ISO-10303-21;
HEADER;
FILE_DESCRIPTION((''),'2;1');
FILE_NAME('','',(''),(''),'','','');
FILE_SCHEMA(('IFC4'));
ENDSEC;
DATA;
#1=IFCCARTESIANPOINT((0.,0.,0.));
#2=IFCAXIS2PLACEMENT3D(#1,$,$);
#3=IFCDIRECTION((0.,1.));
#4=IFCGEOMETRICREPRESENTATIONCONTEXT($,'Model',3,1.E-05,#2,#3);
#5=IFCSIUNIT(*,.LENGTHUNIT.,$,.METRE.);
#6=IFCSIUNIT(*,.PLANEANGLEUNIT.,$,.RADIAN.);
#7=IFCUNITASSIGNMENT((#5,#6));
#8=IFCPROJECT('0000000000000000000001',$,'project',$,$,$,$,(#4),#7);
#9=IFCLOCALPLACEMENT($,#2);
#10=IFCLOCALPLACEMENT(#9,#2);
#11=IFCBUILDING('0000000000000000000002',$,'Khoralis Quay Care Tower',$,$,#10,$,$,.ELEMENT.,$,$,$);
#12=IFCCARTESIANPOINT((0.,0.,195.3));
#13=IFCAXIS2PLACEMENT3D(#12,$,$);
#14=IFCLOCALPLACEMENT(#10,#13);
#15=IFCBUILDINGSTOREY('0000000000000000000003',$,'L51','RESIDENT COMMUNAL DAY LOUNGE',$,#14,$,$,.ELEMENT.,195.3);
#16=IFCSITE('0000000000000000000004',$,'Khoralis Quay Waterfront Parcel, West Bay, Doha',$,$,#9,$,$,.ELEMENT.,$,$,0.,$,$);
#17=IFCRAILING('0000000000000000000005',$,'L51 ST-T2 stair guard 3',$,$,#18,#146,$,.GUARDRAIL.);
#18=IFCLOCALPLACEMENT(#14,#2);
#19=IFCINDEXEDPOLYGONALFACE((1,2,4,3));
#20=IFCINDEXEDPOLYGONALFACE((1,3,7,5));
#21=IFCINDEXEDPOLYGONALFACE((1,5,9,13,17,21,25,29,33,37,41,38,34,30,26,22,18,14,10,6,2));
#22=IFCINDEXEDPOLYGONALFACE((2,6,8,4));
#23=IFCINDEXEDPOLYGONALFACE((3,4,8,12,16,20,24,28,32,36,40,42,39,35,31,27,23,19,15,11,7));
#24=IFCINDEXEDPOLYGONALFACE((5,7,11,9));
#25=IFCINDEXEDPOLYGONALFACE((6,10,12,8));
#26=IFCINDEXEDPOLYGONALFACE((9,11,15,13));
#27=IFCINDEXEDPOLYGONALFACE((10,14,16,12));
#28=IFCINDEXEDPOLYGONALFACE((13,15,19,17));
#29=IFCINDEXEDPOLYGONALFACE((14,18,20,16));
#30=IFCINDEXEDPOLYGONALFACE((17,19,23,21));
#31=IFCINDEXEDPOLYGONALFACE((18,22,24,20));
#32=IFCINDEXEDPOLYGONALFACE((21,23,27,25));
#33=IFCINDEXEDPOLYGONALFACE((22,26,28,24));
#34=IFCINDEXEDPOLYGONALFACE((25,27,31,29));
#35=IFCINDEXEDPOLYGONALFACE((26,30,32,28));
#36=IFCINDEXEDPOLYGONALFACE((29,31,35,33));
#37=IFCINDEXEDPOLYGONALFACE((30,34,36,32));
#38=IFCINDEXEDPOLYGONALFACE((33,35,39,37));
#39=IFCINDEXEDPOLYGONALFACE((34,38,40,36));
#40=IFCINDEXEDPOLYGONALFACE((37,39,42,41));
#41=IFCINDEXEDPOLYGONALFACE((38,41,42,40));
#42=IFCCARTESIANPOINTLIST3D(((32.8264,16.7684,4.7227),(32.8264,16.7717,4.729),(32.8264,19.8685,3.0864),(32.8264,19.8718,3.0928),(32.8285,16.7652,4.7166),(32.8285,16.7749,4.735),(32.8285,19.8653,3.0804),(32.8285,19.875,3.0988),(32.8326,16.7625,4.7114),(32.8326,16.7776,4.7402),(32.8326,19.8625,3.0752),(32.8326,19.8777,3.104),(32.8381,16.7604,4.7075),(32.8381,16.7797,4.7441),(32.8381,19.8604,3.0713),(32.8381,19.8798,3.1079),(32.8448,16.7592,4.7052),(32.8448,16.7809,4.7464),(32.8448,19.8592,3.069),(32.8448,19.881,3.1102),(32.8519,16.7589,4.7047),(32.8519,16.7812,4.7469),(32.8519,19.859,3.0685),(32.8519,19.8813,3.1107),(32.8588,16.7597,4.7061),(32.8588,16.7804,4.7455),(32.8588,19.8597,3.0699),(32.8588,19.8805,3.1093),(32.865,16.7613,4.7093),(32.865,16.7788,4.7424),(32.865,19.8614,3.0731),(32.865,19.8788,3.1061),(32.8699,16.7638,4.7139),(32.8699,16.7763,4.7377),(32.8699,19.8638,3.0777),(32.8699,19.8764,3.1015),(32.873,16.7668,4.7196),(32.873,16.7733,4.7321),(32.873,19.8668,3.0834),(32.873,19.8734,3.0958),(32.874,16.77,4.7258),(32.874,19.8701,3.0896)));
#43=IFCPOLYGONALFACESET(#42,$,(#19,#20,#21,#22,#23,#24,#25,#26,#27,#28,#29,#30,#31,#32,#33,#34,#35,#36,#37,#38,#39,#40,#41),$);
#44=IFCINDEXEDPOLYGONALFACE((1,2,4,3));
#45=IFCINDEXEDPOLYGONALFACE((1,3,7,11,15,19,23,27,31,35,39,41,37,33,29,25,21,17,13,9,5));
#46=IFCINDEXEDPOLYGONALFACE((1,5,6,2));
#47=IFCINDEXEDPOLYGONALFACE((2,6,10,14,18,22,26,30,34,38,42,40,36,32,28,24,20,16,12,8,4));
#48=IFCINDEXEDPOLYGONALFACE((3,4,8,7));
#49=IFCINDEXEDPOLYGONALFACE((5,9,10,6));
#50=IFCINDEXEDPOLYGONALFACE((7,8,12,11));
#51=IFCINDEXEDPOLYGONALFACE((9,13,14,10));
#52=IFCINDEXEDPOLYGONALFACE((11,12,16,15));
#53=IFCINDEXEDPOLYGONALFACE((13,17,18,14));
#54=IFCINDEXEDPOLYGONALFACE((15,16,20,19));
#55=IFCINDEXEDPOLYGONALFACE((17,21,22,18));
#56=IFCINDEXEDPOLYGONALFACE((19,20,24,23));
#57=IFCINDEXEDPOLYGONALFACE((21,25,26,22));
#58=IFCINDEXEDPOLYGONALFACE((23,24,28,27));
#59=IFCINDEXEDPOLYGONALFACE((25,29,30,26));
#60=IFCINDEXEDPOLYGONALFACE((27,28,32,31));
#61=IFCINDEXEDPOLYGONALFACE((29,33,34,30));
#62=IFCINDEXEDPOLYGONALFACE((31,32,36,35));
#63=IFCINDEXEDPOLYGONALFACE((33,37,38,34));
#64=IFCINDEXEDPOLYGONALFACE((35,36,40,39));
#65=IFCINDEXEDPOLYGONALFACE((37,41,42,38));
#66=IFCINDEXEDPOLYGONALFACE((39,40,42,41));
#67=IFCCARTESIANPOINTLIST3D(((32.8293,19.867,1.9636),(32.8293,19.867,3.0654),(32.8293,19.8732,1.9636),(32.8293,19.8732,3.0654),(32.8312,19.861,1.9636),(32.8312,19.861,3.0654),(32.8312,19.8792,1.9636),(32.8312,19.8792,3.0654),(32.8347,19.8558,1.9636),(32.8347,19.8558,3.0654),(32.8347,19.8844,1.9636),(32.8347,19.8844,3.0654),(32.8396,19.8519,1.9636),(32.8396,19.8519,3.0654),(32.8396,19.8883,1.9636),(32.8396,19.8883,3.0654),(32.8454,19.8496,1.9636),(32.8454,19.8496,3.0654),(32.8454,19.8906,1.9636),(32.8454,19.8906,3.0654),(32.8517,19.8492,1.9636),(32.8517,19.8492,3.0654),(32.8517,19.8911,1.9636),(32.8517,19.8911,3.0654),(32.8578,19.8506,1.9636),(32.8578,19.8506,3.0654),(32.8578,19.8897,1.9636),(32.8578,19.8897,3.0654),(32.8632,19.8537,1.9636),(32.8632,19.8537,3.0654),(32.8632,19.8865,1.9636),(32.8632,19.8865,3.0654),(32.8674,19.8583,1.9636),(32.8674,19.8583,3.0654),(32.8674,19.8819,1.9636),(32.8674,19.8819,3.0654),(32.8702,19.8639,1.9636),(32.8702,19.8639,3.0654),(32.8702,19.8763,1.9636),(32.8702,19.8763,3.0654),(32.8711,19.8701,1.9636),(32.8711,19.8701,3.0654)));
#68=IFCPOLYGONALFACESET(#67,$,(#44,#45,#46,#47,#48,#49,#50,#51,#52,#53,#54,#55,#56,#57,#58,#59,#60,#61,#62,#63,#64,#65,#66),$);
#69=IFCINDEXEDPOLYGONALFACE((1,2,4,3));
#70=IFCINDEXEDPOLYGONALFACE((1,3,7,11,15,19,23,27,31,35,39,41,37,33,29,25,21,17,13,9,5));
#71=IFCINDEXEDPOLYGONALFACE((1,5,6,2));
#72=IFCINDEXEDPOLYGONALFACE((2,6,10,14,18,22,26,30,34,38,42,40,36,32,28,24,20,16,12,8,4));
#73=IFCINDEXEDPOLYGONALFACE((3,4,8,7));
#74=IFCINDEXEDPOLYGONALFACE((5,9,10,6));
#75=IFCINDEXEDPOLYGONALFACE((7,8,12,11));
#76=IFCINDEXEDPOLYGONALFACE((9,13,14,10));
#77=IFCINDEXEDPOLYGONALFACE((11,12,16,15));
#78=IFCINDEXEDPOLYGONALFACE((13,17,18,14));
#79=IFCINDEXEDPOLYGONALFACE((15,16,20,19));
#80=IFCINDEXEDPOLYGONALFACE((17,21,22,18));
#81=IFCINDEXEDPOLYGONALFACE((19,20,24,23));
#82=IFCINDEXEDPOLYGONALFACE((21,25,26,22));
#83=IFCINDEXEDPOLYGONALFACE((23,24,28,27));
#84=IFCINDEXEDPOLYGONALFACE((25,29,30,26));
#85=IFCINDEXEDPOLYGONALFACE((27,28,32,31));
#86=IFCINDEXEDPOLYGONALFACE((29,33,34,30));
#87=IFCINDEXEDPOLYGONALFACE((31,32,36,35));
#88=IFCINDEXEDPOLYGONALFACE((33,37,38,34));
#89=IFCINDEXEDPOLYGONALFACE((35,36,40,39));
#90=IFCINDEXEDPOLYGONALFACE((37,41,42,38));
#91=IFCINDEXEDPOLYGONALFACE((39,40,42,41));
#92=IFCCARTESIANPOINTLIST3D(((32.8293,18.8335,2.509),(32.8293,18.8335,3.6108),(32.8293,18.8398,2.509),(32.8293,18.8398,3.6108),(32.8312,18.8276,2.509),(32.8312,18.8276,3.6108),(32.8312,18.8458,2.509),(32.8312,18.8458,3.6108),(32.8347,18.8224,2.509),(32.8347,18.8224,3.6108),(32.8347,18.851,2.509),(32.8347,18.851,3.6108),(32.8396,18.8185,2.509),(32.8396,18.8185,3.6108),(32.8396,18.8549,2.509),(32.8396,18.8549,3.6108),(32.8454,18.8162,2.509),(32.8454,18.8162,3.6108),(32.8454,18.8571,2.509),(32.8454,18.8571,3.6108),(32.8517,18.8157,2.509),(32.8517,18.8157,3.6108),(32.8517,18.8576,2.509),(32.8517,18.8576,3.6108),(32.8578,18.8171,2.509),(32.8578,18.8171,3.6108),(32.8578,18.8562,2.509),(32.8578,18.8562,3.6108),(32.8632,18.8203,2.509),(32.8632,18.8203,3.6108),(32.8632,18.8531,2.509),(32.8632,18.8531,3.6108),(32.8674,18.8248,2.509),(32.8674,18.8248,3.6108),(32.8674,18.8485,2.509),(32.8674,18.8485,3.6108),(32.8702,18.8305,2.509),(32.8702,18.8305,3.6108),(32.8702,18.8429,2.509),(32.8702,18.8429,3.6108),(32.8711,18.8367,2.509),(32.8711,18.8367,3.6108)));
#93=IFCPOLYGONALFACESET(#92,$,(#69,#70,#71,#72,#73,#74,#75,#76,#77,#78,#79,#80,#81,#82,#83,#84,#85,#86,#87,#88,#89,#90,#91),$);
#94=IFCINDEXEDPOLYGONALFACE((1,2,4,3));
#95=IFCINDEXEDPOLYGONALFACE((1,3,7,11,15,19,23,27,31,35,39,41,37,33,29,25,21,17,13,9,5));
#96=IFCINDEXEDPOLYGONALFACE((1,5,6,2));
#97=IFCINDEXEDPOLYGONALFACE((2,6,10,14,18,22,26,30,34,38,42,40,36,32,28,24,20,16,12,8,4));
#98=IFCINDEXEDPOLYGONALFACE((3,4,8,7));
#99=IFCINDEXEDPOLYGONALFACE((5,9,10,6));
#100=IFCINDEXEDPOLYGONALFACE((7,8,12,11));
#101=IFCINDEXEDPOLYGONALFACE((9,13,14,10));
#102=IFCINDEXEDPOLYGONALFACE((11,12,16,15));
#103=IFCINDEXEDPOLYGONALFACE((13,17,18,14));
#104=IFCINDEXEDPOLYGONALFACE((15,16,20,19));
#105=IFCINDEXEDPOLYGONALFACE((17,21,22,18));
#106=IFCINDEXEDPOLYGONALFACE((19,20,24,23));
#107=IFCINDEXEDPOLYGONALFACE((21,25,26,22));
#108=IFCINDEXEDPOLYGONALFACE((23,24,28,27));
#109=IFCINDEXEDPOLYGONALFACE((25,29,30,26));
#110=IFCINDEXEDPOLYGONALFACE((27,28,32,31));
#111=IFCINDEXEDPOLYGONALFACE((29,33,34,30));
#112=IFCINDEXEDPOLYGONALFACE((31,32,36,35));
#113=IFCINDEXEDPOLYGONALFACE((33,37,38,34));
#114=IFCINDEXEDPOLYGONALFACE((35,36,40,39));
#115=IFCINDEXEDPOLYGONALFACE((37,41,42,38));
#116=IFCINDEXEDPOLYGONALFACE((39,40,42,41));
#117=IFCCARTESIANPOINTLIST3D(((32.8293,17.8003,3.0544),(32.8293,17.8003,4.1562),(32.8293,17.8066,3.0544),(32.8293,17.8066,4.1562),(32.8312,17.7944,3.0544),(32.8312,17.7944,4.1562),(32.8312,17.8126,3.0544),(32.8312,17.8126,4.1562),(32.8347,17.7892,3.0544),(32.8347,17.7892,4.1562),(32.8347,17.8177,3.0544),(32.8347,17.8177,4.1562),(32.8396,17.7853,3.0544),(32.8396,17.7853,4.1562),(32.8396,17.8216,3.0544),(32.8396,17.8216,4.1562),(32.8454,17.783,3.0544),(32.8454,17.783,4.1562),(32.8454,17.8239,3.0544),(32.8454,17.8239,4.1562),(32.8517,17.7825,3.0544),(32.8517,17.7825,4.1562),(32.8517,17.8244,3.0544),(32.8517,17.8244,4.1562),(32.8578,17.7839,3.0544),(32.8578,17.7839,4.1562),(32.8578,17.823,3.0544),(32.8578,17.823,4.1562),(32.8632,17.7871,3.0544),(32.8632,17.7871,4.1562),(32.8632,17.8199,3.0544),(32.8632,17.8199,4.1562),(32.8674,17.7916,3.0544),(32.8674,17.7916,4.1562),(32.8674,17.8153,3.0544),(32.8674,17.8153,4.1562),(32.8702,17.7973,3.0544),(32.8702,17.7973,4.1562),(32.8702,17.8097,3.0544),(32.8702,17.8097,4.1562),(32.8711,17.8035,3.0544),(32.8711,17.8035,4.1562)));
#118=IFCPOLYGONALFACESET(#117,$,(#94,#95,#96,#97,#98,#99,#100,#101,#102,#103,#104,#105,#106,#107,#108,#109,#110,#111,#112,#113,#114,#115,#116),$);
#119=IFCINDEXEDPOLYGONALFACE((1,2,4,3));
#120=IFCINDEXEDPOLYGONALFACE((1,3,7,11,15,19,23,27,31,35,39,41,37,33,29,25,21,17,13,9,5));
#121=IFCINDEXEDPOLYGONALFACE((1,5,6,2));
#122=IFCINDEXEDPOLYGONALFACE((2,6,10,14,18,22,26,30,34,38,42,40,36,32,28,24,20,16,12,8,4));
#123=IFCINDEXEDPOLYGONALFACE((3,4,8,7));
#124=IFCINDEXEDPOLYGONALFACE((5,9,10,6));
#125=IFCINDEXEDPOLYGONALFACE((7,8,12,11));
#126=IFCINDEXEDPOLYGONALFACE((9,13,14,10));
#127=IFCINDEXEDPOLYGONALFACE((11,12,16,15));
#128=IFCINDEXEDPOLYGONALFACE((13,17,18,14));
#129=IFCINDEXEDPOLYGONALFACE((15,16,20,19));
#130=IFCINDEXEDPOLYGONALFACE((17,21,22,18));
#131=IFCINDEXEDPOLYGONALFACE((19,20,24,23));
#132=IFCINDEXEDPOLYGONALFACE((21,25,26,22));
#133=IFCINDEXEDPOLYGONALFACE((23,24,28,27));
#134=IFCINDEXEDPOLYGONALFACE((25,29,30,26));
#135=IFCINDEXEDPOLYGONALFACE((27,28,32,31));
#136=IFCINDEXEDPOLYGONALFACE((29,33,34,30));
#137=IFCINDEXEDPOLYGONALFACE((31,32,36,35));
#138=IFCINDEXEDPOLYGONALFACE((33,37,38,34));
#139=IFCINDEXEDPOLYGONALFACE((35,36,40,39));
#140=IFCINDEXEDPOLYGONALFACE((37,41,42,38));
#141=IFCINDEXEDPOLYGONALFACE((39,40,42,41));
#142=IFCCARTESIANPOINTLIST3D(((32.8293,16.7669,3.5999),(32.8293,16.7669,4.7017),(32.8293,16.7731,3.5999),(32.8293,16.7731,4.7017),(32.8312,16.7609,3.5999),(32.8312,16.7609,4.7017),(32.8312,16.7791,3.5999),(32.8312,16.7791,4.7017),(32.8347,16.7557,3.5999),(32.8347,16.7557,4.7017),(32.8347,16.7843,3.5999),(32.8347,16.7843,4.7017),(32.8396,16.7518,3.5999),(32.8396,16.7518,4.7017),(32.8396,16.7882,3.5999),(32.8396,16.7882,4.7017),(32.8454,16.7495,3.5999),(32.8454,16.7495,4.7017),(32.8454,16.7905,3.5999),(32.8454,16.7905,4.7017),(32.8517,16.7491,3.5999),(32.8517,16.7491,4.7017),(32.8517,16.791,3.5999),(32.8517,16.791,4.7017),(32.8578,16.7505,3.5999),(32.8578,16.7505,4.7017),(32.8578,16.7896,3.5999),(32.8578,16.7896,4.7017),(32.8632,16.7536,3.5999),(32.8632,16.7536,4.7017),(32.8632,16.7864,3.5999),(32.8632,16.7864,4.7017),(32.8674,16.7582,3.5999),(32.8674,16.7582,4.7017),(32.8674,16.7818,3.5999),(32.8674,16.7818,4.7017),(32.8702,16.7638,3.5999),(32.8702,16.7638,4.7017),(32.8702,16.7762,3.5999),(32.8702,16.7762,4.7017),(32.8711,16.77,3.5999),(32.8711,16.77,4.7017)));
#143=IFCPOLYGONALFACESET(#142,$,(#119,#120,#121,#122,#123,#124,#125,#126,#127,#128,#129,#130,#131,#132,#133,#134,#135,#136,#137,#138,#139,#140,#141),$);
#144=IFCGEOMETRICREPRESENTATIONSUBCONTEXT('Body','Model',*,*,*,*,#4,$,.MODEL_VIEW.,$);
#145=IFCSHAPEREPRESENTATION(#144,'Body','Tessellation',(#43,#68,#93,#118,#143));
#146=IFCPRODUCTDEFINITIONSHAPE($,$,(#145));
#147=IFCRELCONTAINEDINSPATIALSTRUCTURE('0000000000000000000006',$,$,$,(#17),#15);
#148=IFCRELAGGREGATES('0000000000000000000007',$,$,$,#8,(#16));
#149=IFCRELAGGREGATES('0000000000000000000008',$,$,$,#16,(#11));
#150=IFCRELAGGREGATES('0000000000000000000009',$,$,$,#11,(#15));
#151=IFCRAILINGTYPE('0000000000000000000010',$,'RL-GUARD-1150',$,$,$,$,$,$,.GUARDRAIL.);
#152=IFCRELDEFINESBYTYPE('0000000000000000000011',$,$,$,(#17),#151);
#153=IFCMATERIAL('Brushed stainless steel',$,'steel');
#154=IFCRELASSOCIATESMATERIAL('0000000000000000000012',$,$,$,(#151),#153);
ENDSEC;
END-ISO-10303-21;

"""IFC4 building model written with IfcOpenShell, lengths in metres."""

from ifc_helpers import new_model, si_unit, direction, frame, origin, origin_2d, place, context, subcontext, project, spatial, circle, extrude, material, type_object, element, save


model = new_model("IFC4")

# Units and contexts
model_context = context("Model", 3, precision=1e-05, world=origin(), true_north=direction((0.0, 1.0)))
body_context = subcontext(model_context, "Body", "Model", "MODEL_VIEW")
ifc_project = project(units=[si_unit("LENGTHUNIT", "METRE"), si_unit("PLANEANGLEUNIT", "RADIAN")], contexts=[model_context])

# Site, building, storey
site_placement = place(None, origin())
site = spatial("IfcSite", under=ifc_project, at=site_placement, Name="Khoralis Quay Waterfront Parcel, West Bay, Doha", CompositionType="ELEMENT", RefElevation=0.0)
building_placement = place(site_placement, origin())
building = spatial("IfcBuilding", under=site, at=building_placement, Name="Khoralis Quay Care Tower", CompositionType="ELEMENT")
storey_placement = place(building_placement, frame((0.0, 0.0, 195.3)))
storey = spatial("IfcBuildingStorey", under=building, at=storey_placement, Name="L51", Description="RESIDENT COMMUNAL DAY LOUNGE", CompositionType="ELEMENT", Elevation=195.3)

# Shared definitions
ifc_material_1 = material(Name="Brushed stainless steel", Category="steel")

# Railing
railing_type_1 = type_object("IfcRailingType", Name="RL-GUARD-1150", PredefinedType="GUARDRAIL", material=ifc_material_1)
railing_1_placement = place(storey_placement, frame((32.8501, 19.8701, 1.9636)))
element("IfcRailing", 1, at=railing_1_placement, inside=storey, type_object=railing_type_1, Name="L51 ST-T2 stair guard 3", PredefinedType="GUARDRAIL", context=body_context, shape_type="SweptSolid", body=[
    extrude(circle(Radius=0.0239, at=origin_2d()), frame((0.0, 0.0, 1.126), z_axis=(0.0, -0.884377, 0.466774), x_axis=(1.0, 0.0, 0.0)), (0.0, 0.0, 1.0), 3.5054),
    extrude(circle(Radius=0.021, at=origin_2d()), origin(), (0.0, 0.0, 1.0), 1.1018),
    extrude(circle(Radius=0.021, at=origin_2d()), frame((0.0, -1.0334, 0.5454)), (0.0, 0.0, 1.0), 1.1018),
    extrude(circle(Radius=0.021, at=origin_2d()), frame((0.0, -2.0667, 1.0908)), (0.0, 0.0, 1.0), 1.1018),
    extrude(circle(Radius=0.021, at=origin_2d()), frame((0.0, -3.1001, 1.6362)), (0.0, 0.0, 1.0), 1.1018),
])

save(model, "model.ifc")
